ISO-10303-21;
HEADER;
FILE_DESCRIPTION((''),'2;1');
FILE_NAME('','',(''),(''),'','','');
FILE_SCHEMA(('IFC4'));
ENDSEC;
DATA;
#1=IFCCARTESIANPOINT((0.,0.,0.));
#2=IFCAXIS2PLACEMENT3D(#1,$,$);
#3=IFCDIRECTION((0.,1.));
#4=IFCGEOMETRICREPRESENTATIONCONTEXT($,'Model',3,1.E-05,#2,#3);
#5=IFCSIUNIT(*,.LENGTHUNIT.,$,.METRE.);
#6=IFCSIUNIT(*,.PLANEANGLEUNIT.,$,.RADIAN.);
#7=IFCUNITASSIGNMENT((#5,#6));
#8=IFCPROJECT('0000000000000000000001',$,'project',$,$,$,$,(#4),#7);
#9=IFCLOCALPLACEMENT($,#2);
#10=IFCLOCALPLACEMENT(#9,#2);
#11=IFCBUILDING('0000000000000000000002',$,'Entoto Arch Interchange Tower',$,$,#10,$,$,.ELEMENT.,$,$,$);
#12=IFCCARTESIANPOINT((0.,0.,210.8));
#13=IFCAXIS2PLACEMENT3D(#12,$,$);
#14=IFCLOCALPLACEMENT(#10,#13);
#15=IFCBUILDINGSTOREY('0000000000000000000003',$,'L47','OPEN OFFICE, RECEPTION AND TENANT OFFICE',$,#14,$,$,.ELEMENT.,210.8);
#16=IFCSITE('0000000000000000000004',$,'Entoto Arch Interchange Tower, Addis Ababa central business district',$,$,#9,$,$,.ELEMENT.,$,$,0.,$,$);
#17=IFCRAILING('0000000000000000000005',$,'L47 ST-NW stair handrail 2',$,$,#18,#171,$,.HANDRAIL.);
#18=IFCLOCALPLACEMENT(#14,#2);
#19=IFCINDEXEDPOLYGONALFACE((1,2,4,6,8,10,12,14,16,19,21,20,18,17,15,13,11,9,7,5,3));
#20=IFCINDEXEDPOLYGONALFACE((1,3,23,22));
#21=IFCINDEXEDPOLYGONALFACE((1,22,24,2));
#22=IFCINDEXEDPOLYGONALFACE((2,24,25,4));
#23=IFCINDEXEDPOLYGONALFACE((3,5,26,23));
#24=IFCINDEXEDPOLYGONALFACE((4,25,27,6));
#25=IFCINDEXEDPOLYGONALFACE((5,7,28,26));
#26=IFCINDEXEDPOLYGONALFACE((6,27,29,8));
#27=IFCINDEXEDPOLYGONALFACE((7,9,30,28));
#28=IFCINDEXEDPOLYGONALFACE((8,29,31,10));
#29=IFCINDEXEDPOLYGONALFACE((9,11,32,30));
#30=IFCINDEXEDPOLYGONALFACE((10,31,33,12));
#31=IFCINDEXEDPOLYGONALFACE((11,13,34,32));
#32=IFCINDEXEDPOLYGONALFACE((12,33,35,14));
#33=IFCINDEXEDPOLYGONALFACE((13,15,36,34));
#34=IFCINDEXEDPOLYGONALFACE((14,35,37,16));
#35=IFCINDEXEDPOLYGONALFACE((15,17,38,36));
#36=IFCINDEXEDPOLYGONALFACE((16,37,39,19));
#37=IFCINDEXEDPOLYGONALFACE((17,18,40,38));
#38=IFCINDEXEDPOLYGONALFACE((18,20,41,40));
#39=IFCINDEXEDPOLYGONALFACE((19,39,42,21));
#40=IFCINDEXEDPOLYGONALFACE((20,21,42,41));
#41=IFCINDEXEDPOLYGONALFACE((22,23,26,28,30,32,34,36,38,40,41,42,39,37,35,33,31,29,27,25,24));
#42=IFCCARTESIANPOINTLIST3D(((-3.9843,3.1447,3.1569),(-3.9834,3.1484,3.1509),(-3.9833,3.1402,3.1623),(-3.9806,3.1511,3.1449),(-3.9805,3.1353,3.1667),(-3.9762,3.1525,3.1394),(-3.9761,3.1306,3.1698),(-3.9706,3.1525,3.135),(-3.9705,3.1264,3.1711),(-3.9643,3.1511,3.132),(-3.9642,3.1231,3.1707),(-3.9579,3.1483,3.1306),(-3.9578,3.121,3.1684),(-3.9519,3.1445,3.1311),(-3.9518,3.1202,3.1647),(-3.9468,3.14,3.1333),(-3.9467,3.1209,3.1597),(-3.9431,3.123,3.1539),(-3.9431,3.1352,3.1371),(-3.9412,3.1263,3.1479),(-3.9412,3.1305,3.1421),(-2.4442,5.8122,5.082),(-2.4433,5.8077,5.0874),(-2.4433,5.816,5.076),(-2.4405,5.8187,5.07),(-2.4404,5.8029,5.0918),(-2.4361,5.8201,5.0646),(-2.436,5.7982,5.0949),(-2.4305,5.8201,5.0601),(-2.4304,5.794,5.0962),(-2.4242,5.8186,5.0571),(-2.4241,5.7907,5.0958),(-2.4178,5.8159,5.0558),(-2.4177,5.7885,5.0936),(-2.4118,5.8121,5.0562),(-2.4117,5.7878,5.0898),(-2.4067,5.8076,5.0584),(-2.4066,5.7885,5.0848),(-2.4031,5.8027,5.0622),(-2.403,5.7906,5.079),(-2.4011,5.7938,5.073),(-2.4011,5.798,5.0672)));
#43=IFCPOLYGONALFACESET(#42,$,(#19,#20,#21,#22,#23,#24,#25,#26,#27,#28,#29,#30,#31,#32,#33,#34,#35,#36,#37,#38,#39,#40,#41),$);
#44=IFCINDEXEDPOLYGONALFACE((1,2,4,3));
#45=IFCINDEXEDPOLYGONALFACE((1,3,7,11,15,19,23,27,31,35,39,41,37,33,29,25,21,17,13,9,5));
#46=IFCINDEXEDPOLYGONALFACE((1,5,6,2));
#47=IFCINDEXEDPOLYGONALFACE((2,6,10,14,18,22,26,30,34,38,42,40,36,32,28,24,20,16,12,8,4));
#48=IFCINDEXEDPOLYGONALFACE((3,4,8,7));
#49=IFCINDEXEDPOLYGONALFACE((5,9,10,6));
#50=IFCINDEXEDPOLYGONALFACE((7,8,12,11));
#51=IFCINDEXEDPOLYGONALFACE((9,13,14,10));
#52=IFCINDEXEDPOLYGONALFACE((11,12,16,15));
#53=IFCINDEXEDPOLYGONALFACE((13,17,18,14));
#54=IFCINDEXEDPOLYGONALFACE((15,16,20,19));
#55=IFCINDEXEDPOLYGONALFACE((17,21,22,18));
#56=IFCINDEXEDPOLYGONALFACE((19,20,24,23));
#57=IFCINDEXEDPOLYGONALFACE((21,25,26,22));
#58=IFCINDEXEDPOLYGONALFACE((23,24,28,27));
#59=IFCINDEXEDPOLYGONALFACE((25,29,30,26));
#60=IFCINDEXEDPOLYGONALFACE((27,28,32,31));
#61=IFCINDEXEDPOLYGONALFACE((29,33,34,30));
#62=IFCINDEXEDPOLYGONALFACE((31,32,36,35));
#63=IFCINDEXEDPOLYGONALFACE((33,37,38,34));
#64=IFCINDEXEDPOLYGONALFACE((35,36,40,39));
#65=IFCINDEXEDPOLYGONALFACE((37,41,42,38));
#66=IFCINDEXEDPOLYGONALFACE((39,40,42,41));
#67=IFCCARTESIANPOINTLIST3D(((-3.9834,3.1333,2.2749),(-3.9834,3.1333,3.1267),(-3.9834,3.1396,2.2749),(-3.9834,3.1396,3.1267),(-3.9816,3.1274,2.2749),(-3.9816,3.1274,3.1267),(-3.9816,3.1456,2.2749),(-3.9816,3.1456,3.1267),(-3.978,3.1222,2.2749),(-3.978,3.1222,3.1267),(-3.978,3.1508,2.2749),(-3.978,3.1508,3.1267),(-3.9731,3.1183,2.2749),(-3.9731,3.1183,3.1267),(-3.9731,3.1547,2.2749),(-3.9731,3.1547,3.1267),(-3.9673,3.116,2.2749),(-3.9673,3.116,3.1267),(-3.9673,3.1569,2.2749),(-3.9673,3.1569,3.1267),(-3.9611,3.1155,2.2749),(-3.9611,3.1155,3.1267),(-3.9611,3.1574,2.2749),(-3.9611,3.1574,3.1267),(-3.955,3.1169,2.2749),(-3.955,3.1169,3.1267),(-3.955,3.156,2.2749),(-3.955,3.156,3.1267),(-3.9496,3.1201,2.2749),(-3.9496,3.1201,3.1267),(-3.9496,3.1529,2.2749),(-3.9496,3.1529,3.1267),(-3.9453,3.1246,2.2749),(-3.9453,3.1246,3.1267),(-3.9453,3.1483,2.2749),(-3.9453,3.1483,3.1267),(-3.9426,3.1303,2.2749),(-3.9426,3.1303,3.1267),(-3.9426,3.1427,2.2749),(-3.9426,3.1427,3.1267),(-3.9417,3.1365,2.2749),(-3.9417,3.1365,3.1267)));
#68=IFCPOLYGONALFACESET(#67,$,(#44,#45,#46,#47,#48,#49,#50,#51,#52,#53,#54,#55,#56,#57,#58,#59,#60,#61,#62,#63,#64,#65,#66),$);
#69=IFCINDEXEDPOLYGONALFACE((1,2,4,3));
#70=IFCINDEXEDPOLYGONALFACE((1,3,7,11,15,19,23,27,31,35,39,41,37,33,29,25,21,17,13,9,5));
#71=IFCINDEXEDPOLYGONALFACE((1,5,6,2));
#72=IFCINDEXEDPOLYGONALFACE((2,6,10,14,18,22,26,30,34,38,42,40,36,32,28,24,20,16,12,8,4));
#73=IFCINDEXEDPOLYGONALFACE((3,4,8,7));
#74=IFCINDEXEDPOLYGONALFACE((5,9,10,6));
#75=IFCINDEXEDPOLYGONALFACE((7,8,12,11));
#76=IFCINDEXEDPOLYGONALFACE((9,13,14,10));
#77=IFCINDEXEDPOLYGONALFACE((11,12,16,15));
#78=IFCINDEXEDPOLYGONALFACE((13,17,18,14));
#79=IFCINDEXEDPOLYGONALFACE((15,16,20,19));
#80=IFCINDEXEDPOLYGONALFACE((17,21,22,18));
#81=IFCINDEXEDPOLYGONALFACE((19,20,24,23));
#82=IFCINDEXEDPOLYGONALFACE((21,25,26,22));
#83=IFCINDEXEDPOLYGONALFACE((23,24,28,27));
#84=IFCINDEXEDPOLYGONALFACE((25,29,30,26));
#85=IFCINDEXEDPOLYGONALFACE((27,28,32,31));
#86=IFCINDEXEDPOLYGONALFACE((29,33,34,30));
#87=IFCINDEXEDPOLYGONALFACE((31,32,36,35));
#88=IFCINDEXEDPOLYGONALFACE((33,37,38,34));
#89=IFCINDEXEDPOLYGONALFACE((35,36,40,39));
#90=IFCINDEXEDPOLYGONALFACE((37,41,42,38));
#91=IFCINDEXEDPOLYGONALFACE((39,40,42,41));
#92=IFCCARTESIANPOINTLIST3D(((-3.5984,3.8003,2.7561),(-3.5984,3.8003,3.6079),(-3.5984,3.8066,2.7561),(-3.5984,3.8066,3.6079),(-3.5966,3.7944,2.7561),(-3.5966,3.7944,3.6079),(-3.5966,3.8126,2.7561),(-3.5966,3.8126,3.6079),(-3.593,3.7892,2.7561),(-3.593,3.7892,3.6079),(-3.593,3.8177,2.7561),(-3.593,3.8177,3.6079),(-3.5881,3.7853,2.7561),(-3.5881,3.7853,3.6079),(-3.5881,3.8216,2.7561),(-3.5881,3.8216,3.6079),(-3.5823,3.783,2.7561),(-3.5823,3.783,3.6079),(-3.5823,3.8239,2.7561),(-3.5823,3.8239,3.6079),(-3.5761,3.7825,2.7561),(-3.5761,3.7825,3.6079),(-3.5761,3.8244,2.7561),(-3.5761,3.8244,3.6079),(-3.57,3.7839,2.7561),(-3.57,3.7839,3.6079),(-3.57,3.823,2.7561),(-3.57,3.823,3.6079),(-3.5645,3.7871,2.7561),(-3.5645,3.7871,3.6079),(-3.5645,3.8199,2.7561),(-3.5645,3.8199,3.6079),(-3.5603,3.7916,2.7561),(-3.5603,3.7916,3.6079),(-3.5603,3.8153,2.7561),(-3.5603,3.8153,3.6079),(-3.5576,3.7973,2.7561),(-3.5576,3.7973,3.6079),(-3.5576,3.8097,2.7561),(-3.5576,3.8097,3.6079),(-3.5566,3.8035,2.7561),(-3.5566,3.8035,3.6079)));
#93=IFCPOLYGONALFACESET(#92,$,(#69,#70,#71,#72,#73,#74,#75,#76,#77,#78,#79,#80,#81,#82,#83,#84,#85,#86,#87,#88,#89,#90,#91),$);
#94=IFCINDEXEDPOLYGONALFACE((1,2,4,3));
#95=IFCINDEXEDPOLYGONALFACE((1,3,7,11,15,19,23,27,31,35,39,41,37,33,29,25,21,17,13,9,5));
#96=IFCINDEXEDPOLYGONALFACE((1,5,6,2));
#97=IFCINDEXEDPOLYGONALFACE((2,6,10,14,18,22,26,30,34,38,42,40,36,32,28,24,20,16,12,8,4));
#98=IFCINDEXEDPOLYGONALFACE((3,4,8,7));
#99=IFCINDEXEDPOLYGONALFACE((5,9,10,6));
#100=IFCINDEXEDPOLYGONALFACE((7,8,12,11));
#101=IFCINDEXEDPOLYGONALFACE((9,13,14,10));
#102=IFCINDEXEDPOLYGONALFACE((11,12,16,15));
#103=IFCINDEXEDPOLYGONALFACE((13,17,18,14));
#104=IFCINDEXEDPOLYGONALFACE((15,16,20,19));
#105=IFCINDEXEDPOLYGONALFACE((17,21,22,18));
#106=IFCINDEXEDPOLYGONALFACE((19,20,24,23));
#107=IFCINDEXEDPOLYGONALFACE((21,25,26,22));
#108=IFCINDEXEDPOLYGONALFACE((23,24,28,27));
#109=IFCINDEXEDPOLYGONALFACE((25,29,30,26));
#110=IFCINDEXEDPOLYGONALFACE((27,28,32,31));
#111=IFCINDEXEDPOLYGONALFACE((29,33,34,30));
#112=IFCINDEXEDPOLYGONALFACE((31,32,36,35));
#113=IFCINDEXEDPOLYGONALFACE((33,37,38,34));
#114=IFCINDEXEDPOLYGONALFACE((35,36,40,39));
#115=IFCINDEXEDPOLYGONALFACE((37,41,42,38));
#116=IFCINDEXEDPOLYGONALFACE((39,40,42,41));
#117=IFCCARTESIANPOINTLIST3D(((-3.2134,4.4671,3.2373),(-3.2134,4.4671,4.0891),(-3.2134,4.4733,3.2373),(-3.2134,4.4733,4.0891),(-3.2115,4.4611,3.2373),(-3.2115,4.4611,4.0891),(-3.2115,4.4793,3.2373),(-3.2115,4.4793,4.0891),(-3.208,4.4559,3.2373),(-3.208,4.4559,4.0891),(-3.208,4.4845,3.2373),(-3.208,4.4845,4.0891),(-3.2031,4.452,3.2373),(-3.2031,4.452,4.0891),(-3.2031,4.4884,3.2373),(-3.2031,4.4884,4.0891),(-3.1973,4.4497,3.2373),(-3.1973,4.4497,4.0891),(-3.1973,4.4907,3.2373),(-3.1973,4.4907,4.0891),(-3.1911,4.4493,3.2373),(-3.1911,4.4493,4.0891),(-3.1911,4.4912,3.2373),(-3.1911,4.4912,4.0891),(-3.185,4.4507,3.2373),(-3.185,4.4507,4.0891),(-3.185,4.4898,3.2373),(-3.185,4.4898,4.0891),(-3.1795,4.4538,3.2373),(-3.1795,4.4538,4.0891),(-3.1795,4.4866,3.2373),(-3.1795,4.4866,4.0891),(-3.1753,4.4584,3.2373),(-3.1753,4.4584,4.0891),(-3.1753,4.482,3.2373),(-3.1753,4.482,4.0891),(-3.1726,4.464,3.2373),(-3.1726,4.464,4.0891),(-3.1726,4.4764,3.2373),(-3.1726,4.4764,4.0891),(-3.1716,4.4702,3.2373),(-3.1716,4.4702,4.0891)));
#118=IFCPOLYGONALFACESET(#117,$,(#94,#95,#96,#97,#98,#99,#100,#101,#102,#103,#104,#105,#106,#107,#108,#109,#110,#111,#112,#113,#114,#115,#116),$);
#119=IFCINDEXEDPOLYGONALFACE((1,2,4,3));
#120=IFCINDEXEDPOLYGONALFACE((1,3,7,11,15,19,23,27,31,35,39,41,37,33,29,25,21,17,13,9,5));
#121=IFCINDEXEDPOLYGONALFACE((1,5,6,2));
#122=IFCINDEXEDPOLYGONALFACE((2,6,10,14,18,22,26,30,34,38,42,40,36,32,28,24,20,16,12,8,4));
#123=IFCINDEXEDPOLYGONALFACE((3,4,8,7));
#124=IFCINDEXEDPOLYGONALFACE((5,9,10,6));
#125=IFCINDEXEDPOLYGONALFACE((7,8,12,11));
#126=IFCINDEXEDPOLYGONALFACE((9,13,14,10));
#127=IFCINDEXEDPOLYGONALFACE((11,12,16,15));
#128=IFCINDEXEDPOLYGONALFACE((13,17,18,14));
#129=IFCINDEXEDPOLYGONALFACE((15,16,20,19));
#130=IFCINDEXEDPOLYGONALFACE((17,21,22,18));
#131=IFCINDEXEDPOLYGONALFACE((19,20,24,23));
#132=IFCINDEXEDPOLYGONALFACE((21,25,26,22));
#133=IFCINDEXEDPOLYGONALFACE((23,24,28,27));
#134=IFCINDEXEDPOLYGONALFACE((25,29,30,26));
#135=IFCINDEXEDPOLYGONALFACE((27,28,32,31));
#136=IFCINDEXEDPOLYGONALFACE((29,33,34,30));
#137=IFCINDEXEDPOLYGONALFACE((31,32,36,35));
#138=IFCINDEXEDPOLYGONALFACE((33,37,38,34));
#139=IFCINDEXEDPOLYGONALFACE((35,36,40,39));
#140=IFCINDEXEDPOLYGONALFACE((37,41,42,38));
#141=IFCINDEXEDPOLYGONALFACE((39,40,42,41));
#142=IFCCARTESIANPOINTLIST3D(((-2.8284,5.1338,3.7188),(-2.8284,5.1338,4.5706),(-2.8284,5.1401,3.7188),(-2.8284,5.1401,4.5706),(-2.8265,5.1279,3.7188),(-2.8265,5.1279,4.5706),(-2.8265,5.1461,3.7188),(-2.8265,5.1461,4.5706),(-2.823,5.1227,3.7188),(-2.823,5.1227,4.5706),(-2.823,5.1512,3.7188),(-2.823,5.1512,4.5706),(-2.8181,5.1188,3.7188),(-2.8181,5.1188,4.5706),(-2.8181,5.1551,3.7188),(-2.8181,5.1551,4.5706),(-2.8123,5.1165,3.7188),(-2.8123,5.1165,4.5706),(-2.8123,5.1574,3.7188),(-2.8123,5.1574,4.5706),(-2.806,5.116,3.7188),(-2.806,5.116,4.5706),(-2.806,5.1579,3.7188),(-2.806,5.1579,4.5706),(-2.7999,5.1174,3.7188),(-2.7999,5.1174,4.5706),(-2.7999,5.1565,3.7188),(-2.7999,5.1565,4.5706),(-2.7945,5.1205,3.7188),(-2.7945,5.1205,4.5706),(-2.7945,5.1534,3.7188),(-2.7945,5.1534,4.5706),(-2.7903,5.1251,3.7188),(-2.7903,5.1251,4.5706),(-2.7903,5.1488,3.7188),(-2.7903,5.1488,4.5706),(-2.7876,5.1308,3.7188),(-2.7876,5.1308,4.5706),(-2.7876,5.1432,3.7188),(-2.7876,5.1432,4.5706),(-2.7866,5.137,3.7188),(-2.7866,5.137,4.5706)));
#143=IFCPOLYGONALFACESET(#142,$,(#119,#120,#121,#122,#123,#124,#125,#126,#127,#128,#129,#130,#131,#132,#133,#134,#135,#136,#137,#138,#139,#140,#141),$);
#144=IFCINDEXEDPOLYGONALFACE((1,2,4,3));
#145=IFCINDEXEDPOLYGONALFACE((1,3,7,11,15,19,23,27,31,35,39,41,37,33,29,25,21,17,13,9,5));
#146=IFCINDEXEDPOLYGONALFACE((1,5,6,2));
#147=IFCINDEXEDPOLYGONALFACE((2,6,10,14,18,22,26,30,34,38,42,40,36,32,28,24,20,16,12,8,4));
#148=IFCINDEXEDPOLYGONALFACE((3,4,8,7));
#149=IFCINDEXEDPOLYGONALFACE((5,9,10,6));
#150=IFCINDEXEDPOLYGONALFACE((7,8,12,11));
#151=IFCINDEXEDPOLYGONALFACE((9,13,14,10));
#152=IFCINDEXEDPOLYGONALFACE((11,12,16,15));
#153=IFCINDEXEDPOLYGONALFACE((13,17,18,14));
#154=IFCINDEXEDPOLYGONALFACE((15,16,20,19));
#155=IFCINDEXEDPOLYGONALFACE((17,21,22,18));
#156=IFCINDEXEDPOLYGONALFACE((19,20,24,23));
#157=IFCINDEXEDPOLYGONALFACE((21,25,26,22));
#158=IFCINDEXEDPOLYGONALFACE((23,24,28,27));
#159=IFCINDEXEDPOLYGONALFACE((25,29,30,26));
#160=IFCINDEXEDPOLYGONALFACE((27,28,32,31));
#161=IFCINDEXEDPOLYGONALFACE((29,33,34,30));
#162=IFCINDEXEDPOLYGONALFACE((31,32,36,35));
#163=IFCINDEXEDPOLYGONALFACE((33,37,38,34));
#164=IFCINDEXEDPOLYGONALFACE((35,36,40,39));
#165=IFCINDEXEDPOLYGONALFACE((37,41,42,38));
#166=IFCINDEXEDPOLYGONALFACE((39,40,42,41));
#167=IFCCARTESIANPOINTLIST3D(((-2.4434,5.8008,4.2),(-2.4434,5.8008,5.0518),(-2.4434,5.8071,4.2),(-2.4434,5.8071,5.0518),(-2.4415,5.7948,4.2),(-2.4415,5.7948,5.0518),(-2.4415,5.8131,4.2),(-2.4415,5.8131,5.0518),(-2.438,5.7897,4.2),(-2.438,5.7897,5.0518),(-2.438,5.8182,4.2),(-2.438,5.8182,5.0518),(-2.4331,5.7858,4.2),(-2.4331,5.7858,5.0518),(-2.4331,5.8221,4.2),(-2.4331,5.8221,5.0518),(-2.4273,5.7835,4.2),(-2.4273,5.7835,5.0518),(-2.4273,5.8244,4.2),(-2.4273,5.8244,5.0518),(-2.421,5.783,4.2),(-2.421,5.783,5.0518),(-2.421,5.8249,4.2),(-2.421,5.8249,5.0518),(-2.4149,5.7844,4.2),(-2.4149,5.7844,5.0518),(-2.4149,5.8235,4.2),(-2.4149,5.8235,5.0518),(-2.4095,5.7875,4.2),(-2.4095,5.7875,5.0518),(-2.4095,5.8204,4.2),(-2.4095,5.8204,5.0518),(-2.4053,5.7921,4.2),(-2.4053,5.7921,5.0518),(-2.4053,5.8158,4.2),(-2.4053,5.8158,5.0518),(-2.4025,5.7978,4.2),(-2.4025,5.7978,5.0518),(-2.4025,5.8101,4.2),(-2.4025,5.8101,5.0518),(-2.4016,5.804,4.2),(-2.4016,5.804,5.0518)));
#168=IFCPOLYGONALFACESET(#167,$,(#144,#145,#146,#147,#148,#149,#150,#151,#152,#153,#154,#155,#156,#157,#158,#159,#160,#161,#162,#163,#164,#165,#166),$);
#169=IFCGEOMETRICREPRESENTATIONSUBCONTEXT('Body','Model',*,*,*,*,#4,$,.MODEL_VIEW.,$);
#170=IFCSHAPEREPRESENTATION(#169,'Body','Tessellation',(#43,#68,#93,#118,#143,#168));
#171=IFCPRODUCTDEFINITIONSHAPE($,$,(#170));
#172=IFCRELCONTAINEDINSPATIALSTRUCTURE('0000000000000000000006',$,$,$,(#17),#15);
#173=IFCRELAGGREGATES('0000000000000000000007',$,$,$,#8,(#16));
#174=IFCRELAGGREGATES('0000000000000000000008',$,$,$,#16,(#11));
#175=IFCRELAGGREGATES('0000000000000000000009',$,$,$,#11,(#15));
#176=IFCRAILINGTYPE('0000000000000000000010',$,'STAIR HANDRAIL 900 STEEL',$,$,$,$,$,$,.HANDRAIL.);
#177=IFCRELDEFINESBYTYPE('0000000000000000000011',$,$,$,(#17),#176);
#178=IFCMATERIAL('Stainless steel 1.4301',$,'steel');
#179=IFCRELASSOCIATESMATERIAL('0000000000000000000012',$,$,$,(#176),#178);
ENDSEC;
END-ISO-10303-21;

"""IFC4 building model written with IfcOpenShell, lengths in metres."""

from ifc_helpers import new_model, si_unit, direction, frame, origin, origin_2d, place, context, subcontext, project, spatial, circle, extrude, material, type_object, element, save


model = new_model("IFC4")

# Units and contexts
model_context = context("Model", 3, precision=1e-05, world=origin(), true_north=direction((0.0, 1.0)))
body_context = subcontext(model_context, "Body", "Model", "MODEL_VIEW")
ifc_project = project(units=[si_unit("LENGTHUNIT", "METRE"), si_unit("PLANEANGLEUNIT", "RADIAN")], contexts=[model_context])

# Site, building, storey
site_placement = place(None, origin())
site = spatial("IfcSite", under=ifc_project, at=site_placement, Name="Entoto Arch Interchange Tower, Addis Ababa central business district", CompositionType="ELEMENT", RefElevation=0.0)
building_placement = place(site_placement, origin())
building = spatial("IfcBuilding", under=site, at=building_placement, Name="Entoto Arch Interchange Tower", CompositionType="ELEMENT")
storey_placement = place(building_placement, frame((0.0, 0.0, 210.8)))
storey = spatial("IfcBuildingStorey", under=building, at=storey_placement, Name="L47", Description="OPEN OFFICE, RECEPTION AND TENANT OFFICE", CompositionType="ELEMENT", Elevation=210.8)

# Railing
ifc_material_1 = material(Name="Stainless steel 1.4301", Category="steel")
railing_type_1 = type_object("IfcRailingType", Name="STAIR HANDRAIL 900 STEEL", PredefinedType="HANDRAIL", material=ifc_material_1)
railing_1_placement = place(storey_placement, frame((-3.9626, 3.1365, 2.2749)))
element("IfcRailing", 1, at=railing_1_placement, inside=storey, type_object=railing_type_1, Name="L47 ST-NW stair handrail 2", PredefinedType="HANDRAIL", context=body_context, shape_type="SweptSolid", body=[
    extrude(circle(Radius=0.0239, at=origin_2d()), frame((0.0, 0.0, 0.876), z_axis=(0.423994, 0.734395, 0.529993), x_axis=(-0.86603, 0.499992, 0.0)), (0.0, 0.0, 1.0), 3.6323),
    extrude(circle(Radius=0.021, at=origin_2d()), origin(), (0.0, 0.0, 1.0), 0.8518),
    extrude(circle(Radius=0.021, at=origin_2d()), frame((0.385, 0.667, 0.4812)), (0.0, 0.0, 1.0), 0.8518),
    extrude(circle(Radius=0.021, at=origin_2d()), frame((0.77, 1.3337, 0.9624)), (0.0, 0.0, 1.0), 0.8518),
    extrude(circle(Radius=0.021, at=origin_2d()), frame((1.155, 2.0005, 1.4438)), (0.0, 0.0, 1.0), 0.8518),
    extrude(circle(Radius=0.021, at=origin_2d()), frame((1.54, 2.6675, 1.925)), (0.0, 0.0, 1.0), 0.8518),
])

save(model, "model.ifc")
